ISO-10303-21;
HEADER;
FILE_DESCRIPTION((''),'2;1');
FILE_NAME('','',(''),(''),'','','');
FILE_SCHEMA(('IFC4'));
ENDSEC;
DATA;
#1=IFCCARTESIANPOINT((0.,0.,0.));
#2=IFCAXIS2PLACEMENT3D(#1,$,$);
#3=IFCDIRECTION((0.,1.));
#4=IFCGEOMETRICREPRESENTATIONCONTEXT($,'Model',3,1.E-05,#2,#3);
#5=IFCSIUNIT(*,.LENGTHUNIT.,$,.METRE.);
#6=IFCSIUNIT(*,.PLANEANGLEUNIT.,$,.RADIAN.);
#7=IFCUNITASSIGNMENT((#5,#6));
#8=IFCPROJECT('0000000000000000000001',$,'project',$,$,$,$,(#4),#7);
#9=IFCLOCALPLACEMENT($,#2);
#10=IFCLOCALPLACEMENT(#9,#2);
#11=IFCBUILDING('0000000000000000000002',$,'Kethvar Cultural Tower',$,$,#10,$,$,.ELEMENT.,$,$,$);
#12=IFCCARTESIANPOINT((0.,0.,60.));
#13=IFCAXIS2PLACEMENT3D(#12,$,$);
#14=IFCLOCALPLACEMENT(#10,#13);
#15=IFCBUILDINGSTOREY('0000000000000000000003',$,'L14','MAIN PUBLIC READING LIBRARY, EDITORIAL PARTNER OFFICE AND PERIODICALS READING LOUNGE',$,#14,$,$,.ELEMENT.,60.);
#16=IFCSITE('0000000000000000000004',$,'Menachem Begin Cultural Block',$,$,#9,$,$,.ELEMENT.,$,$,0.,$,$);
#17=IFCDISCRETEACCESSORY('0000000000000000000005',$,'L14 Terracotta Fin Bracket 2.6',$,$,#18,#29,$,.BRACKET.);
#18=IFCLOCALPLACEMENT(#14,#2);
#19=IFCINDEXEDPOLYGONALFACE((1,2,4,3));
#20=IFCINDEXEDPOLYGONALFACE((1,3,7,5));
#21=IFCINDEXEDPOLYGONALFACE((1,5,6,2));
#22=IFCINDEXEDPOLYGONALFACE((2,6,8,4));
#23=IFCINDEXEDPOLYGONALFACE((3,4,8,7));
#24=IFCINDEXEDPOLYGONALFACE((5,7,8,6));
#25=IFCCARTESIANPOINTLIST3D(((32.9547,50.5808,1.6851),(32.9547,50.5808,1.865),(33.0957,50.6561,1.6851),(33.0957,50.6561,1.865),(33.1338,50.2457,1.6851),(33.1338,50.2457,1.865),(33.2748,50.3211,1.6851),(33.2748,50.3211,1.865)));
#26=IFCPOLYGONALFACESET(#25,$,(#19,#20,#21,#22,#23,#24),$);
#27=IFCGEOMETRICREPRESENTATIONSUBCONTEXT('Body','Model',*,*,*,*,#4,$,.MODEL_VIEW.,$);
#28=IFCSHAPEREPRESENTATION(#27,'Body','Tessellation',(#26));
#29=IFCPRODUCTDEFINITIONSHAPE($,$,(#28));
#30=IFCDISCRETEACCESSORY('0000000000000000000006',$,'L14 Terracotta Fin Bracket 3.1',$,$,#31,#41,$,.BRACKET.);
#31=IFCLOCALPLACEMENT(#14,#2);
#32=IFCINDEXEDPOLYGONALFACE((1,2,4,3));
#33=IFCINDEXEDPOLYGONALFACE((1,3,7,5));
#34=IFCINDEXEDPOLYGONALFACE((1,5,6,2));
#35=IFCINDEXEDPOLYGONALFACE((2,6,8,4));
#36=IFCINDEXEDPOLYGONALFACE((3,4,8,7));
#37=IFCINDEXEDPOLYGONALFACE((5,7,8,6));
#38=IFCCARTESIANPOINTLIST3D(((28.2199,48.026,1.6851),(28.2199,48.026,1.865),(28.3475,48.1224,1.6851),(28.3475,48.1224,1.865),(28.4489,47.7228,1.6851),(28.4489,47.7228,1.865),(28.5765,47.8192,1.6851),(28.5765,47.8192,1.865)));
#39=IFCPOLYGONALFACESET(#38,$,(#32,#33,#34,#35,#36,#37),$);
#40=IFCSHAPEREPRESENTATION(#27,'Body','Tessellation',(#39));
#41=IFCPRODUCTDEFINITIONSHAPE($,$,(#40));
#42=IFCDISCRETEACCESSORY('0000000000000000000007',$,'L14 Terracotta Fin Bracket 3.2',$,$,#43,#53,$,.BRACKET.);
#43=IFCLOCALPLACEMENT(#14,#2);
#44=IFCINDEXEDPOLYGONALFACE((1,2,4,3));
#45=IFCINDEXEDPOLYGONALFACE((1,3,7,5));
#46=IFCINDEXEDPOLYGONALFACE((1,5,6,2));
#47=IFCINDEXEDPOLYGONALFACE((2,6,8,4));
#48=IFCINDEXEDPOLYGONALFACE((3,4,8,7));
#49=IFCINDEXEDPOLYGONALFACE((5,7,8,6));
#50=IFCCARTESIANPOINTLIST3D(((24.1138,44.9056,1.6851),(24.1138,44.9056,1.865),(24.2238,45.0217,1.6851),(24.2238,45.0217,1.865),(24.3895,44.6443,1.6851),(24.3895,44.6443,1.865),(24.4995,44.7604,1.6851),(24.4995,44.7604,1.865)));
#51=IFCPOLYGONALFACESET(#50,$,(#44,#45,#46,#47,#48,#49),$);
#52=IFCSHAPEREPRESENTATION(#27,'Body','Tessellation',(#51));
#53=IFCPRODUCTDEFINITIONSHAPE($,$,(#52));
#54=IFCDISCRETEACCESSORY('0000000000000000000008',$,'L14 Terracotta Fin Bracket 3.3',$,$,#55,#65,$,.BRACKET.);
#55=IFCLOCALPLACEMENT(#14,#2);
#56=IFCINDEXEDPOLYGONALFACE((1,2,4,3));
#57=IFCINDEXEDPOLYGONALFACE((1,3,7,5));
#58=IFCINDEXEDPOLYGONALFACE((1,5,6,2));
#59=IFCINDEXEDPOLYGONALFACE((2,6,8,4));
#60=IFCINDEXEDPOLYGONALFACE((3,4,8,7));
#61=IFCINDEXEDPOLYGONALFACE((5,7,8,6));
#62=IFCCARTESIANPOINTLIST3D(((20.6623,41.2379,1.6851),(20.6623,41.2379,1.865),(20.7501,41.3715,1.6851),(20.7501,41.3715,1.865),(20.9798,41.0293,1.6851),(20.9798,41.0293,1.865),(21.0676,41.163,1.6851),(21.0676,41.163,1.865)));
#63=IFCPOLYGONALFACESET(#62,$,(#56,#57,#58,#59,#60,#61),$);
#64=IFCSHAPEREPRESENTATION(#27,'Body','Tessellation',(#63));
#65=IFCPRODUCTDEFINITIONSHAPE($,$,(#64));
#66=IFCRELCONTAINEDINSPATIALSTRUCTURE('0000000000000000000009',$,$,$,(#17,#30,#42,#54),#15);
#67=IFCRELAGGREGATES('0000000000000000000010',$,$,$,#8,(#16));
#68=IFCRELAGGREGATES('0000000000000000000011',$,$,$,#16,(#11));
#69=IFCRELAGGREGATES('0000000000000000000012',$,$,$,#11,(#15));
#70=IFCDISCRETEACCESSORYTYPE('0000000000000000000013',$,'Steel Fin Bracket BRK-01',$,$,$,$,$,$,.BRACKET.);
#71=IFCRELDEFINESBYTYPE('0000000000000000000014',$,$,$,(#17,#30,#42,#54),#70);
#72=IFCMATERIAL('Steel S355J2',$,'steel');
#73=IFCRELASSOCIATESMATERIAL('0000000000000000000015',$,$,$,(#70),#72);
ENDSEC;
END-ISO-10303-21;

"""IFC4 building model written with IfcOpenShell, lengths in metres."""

from ifc_helpers import new_model, si_unit, direction, frame, origin, origin_2d, place, context, subcontext, project, spatial, rectangle, extrude, source, transform, mapped, material, type_object, element, save


model = new_model("IFC4")

# Units and contexts
model_context = context("Model", 3, precision=1e-05, world=origin(), true_north=direction((0.0, 1.0)))
body_context = subcontext(model_context, "Body", "Model", "MODEL_VIEW")
ifc_project = project(units=[si_unit("LENGTHUNIT", "METRE"), si_unit("PLANEANGLEUNIT", "RADIAN")], contexts=[model_context])

# Site, building, storey
site_placement = place(None, origin())
site = spatial("IfcSite", under=ifc_project, at=site_placement, Name="Menachem Begin Cultural Block", CompositionType="ELEMENT", RefElevation=0.0)
building_placement = place(site_placement, origin())
building = spatial("IfcBuilding", under=site, at=building_placement, Name="Kethvar Cultural Tower", CompositionType="ELEMENT")
storey_placement = place(building_placement, frame((0.0, 0.0, 60.0)))
storey = spatial("IfcBuildingStorey", under=building, at=storey_placement, Name="L14", Description="MAIN PUBLIC READING LIBRARY, EDITORIAL PARTNER OFFICE AND PERIODICALS READING LOUNGE", CompositionType="ELEMENT", Elevation=60.0)

# Shared definitions
ifc_material_1 = material(Name="Steel S355J2", Category="steel")

# Discrete accessories
discrete_accessory_type = type_object("IfcDiscreteAccessoryType", Name="Steel Fin Bracket BRK-01", PredefinedType="BRACKET", material=ifc_material_1)
shared_shape_1 = source(origin(), body_context, "Body", "SweptSolid", [
    extrude(rectangle(XDim=0.3799, YDim=0.1599, at=origin_2d()), origin(), (0.0, 0.0, 1.0), 0.1799),
])
for number, where, z_axis, x_axis, name in (
    (1, (33.1147, 50.4509, 1.6851), (0.0, 0.0, 1.0), (-0.47132, 0.881962, 0.0), "L14 Terracotta Fin Bracket 2.6"),
    (2, (28.3982, 47.9226, 1.6851), (0.0, 0.0, 1.0), (-0.602651, 0.798005, 0.0), "L14 Terracotta Fin Bracket 3.1"),
    (3, (24.3066, 44.833, 1.6851), (0.0, 0.0, 1.0), (-0.725855, 0.687848, 0.0), "L14 Terracotta Fin Bracket 3.2"),
    (4, (20.865, 41.2004, 1.6851), (0.0, 0.0, 1.0), (-0.835807, 0.549023, 0.0), "L14 Terracotta Fin Bracket 3.3"),
):
    element("IfcDiscreteAccessory", number, at=place(storey_placement, frame(where, z_axis=z_axis, x_axis=x_axis)), inside=storey, type_object=discrete_accessory_type, Name=name, PredefinedType="BRACKET", context=body_context, shape_type="MappedRepresentation", body=[
        mapped(shared_shape_1, transform((0.0, 0.0, 0.0), scale=1.0)),
    ])

save(model, "model.ifc")
